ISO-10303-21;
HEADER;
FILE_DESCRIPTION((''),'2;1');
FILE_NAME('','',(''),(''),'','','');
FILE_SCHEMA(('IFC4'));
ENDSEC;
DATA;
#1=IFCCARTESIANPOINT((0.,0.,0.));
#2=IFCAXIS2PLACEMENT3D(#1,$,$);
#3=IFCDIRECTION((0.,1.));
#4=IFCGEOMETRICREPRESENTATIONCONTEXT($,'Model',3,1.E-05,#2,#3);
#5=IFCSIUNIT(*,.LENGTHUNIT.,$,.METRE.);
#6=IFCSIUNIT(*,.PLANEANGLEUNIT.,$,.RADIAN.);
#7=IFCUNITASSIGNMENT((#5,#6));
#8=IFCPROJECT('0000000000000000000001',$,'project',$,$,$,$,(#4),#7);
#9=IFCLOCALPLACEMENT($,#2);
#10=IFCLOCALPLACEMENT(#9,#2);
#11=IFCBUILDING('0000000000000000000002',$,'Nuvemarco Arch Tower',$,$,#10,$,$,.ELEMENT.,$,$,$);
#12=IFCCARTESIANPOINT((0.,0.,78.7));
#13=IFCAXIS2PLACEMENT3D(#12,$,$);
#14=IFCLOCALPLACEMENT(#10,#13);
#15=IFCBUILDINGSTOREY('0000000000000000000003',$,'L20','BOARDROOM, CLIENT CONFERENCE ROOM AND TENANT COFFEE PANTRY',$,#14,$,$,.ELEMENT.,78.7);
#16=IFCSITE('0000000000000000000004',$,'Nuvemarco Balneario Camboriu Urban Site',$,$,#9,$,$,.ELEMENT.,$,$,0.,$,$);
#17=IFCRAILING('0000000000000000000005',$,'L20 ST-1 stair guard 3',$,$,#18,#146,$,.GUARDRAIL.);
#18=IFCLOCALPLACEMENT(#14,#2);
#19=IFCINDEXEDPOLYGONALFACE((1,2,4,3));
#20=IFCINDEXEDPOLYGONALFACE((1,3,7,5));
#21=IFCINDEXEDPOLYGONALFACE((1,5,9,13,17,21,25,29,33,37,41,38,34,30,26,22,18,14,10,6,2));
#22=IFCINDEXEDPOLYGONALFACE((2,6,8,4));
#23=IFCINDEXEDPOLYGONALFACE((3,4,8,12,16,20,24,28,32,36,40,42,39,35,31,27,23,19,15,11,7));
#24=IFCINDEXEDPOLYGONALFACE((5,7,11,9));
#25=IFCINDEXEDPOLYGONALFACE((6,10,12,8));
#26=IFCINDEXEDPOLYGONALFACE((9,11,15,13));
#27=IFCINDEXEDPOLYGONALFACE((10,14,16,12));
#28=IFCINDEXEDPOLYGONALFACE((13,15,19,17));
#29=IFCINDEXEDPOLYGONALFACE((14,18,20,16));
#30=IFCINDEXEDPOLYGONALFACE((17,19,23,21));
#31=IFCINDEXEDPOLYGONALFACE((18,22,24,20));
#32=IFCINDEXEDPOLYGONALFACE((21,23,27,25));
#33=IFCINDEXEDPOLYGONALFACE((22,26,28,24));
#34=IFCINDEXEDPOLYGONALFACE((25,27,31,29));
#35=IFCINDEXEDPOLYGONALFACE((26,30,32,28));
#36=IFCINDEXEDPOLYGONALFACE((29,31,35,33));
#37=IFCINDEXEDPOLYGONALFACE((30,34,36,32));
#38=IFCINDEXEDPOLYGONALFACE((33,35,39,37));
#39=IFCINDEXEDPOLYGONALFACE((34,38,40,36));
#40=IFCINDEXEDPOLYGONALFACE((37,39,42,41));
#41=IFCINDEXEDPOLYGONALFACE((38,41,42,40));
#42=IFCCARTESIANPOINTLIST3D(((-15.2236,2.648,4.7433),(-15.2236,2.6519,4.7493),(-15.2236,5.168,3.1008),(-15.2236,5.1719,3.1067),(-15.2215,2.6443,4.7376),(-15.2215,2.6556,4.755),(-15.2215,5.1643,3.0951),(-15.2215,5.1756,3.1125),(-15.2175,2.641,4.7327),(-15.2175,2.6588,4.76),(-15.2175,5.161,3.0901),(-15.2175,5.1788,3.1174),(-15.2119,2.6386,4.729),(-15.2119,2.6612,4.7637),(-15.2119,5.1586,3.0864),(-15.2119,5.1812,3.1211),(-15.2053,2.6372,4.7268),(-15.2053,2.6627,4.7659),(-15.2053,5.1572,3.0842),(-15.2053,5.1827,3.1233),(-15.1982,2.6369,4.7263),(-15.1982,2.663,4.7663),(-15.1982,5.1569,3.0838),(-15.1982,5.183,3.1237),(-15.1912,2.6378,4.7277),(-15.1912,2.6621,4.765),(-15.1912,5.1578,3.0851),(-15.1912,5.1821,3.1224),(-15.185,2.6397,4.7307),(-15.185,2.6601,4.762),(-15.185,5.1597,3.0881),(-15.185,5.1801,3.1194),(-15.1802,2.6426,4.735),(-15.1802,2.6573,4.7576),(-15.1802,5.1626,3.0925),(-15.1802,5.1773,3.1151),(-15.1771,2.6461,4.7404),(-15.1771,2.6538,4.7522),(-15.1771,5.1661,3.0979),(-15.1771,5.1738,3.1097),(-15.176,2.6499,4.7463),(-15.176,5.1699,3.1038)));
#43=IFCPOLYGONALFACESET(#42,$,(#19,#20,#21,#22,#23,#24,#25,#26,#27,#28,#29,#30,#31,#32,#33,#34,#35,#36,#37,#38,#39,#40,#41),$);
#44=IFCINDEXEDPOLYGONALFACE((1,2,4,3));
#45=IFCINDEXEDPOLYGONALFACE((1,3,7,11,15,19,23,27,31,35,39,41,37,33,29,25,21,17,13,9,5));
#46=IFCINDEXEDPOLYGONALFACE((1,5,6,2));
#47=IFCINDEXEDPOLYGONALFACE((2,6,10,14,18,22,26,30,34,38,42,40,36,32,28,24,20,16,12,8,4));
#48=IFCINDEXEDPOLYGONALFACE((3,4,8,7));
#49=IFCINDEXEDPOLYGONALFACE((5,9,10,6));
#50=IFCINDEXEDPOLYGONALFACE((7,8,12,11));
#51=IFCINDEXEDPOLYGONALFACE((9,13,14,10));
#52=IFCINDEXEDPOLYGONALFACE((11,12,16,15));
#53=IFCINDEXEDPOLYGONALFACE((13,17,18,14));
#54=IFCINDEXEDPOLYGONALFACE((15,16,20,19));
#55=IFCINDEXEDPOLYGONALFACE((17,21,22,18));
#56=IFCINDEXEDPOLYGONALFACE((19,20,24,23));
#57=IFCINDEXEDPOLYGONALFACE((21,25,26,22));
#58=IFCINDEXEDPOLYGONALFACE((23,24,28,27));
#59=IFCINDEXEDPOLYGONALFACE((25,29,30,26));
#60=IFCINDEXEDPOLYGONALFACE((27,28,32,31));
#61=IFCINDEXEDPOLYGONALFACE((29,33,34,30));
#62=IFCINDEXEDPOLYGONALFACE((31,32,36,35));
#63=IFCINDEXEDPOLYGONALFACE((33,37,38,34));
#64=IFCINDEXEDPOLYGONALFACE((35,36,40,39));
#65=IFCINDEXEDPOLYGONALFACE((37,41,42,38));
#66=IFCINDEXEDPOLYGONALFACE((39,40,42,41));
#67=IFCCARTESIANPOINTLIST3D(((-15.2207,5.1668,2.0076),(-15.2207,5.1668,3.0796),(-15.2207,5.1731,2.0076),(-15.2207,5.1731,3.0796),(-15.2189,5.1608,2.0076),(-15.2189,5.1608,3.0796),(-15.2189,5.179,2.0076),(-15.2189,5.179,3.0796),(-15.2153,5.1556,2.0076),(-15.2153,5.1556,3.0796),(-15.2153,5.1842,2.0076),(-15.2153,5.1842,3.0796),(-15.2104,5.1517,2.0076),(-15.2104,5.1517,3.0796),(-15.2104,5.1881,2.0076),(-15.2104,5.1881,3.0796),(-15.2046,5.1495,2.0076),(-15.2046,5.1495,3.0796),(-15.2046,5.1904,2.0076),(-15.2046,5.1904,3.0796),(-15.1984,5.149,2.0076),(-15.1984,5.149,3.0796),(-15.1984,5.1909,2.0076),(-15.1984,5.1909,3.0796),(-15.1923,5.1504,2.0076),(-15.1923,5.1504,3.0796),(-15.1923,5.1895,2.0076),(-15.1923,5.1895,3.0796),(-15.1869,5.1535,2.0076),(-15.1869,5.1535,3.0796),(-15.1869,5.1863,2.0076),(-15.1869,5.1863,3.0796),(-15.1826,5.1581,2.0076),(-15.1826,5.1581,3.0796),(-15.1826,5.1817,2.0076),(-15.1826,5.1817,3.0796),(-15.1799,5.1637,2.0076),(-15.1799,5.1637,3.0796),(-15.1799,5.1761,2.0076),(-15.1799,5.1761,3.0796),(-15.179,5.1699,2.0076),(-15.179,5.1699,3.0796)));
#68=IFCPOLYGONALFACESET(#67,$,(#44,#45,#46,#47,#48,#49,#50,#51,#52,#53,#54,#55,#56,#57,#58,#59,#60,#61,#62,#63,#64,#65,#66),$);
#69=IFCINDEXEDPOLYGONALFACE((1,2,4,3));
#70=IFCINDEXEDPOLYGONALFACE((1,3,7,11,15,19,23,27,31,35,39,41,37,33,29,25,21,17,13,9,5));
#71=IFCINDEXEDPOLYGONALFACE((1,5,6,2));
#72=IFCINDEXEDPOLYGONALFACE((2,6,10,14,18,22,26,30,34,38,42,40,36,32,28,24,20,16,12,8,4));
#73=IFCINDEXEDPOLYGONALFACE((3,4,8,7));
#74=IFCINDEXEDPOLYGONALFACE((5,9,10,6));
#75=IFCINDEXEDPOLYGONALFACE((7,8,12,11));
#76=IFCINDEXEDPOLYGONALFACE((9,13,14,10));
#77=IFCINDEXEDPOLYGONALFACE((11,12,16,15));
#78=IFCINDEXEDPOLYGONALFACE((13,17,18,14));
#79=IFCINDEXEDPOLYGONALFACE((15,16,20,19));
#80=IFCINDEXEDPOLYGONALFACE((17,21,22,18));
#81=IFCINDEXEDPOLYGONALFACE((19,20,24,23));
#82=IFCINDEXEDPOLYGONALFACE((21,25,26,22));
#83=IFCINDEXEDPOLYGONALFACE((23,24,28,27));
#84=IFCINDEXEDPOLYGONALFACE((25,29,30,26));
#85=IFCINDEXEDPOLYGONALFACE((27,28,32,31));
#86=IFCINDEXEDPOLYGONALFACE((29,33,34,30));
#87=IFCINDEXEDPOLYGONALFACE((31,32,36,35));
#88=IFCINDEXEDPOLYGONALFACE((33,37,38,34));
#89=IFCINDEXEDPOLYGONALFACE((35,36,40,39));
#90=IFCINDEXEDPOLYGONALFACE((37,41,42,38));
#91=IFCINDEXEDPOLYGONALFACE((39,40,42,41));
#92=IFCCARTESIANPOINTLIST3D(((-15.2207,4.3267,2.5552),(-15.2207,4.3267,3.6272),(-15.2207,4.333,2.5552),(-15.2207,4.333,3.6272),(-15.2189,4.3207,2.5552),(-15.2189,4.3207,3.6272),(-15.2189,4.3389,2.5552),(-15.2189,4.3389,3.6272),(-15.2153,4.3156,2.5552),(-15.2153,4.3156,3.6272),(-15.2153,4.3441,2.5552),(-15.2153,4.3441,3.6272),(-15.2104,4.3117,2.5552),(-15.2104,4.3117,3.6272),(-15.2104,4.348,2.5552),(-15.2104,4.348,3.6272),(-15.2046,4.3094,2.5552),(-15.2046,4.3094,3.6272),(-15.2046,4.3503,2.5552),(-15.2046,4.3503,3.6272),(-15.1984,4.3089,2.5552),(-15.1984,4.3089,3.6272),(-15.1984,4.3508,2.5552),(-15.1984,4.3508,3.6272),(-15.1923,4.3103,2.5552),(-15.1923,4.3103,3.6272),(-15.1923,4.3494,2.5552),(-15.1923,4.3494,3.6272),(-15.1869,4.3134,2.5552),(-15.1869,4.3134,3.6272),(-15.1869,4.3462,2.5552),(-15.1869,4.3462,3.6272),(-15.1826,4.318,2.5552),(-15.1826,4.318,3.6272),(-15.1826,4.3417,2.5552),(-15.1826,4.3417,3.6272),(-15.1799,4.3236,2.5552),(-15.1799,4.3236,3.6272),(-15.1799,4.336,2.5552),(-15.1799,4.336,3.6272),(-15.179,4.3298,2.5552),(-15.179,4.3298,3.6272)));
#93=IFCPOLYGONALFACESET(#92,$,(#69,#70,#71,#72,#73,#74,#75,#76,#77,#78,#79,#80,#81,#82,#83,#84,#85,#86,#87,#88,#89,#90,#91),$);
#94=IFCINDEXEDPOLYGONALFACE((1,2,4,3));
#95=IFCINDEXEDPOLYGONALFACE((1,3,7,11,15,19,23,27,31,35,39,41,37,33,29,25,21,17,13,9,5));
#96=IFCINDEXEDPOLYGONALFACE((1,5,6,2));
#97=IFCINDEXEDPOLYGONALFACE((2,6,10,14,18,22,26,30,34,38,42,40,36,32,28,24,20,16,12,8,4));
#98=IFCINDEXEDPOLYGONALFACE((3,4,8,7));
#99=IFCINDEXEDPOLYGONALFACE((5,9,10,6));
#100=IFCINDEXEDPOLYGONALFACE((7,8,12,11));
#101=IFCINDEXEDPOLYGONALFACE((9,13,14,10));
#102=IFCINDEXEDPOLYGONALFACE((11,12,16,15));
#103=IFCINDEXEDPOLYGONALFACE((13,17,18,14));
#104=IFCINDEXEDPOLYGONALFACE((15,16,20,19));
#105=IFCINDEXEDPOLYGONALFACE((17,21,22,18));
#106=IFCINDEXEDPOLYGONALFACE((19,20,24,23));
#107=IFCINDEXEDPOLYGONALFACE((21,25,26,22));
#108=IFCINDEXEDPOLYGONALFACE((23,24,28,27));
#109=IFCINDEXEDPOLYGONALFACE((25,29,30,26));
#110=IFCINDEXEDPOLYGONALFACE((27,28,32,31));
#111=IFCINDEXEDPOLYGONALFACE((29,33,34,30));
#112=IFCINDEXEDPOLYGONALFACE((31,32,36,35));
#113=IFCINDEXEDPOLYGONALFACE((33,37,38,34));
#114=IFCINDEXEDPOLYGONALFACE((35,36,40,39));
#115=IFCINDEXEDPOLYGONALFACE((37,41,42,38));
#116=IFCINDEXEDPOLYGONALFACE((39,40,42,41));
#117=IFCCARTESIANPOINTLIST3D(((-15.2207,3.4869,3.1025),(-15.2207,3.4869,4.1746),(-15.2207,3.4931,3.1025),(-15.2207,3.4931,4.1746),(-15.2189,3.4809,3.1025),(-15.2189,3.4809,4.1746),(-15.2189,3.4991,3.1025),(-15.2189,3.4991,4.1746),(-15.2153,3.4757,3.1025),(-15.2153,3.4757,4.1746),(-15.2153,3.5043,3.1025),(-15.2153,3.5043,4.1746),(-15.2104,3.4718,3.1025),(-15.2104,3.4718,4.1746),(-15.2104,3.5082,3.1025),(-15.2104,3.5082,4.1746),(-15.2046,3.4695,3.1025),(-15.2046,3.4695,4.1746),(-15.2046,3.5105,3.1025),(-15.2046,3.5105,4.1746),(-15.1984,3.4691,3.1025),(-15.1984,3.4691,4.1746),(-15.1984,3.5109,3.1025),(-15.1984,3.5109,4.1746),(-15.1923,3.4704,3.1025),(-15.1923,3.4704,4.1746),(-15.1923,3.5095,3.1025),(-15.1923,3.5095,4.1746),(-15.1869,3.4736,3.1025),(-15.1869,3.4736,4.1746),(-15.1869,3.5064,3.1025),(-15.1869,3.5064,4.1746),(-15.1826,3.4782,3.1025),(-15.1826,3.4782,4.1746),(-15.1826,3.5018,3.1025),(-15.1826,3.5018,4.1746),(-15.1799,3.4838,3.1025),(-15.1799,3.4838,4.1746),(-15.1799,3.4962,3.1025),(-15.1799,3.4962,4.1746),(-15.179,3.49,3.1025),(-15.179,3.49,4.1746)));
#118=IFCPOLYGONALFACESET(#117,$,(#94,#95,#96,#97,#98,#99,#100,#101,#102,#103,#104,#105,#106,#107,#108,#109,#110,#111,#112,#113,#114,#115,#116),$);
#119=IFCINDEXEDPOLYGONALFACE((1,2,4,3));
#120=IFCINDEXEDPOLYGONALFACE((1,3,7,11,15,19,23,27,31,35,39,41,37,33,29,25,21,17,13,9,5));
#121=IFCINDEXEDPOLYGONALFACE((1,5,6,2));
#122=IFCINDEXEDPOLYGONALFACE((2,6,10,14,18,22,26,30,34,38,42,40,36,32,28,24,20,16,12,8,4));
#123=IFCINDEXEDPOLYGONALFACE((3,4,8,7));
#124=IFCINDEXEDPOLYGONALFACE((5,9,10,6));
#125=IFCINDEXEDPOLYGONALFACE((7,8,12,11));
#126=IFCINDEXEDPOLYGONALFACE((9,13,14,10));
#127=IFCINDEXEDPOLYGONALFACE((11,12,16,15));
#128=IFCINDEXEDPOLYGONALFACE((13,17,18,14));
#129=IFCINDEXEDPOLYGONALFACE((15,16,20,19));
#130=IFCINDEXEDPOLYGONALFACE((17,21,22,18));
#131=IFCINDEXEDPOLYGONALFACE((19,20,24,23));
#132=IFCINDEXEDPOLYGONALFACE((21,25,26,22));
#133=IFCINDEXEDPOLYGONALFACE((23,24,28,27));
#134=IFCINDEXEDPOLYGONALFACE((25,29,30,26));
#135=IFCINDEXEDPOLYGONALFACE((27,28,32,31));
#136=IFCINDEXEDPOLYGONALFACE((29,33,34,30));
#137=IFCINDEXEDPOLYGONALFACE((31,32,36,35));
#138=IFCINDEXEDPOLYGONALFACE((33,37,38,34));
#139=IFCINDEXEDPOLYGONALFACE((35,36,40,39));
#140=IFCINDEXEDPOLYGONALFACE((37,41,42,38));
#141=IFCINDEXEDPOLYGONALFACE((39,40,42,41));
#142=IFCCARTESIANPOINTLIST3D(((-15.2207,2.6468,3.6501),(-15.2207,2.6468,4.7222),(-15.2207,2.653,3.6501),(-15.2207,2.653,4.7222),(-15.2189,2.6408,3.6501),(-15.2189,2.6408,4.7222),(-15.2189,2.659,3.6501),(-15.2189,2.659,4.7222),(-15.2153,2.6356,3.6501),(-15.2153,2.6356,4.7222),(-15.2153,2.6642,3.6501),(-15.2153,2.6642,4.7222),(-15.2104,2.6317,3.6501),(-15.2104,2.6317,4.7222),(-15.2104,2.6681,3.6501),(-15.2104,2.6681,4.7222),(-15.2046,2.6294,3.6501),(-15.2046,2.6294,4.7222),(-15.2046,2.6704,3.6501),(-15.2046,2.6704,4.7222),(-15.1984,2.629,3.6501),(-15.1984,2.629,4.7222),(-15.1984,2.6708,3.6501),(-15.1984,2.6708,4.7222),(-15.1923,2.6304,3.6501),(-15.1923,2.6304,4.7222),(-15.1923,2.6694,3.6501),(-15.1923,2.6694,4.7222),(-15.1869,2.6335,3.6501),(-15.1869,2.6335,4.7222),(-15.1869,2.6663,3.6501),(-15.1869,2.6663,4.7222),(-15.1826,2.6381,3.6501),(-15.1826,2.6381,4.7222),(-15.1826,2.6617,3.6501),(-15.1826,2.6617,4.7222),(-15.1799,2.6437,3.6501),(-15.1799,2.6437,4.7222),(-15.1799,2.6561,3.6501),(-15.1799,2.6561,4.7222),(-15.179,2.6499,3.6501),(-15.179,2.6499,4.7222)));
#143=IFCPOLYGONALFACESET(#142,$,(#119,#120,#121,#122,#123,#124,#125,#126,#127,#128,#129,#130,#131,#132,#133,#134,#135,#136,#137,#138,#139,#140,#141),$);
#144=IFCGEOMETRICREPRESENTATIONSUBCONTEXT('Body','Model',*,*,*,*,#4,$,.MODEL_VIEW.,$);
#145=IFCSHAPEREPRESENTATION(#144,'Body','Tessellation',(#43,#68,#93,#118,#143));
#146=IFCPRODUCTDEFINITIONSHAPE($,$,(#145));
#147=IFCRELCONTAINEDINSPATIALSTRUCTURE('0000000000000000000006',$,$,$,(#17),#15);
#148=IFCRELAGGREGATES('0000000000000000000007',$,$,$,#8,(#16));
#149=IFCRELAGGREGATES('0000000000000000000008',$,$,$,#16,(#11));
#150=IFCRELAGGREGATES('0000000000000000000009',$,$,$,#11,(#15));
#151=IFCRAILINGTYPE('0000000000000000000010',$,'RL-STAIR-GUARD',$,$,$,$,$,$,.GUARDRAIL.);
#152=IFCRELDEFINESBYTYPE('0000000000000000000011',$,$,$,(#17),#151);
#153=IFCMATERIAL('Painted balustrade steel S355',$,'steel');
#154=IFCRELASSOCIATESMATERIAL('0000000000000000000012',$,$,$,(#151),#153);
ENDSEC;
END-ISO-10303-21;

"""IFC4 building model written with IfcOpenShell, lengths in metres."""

from ifc_helpers import new_model, si_unit, direction, frame, origin, origin_2d, place, context, subcontext, project, spatial, circle, extrude, material, type_object, element, save


model = new_model("IFC4")

# Units and contexts
model_context = context("Model", 3, precision=1e-05, world=origin(), true_north=direction((0.0, 1.0)))
body_context = subcontext(model_context, "Body", "Model", "MODEL_VIEW")
ifc_project = project(units=[si_unit("LENGTHUNIT", "METRE"), si_unit("PLANEANGLEUNIT", "RADIAN")], contexts=[model_context])

# Site, building, storey
site_placement = place(None, origin())
site = spatial("IfcSite", under=ifc_project, at=site_placement, Name="Nuvemarco Balneario Camboriu Urban Site", CompositionType="ELEMENT", RefElevation=0.0)
building_placement = place(site_placement, origin())
building = spatial("IfcBuilding", under=site, at=building_placement, Name="Nuvemarco Arch Tower", CompositionType="ELEMENT")
storey_placement = place(building_placement, frame((0.0, 0.0, 78.7)))
storey = spatial("IfcBuildingStorey", under=building, at=storey_placement, Name="L20", Description="BOARDROOM, CLIENT CONFERENCE ROOM AND TENANT COFFEE PANTRY", CompositionType="ELEMENT", Elevation=78.7)

# Railing
ifc_material_1 = material(Name="Painted balustrade steel S355", Category="steel")
railing_type_1 = type_object("IfcRailingType", Name="RL-STAIR-GUARD", PredefinedType="GUARDRAIL", material=ifc_material_1)
railing_1_placement = place(storey_placement, frame((-15.2, 5.1699, 2.0076)))
element("IfcRailing", 1, at=railing_1_placement, inside=storey, type_object=railing_type_1, Name="L20 ST-1 stair guard 3", PredefinedType="GUARDRAIL", context=body_context, shape_type="SweptSolid", body=[
    extrude(circle(Radius=0.0239, at=origin_2d()), frame((0.0, 0.0, 1.0962), z_axis=(0.0, -0.837749, 0.546055), x_axis=(1.0, 0.0, 0.0)), (0.0, 0.0, 1.0), 3.0081),
    extrude(circle(Radius=0.021, at=origin_2d()), origin(), (0.0, 0.0, 1.0), 1.072),
    extrude(circle(Radius=0.021, at=origin_2d()), frame((0.0, -0.8401, 0.5476)), (0.0, 0.0, 1.0), 1.072),
    extrude(circle(Radius=0.021, at=origin_2d()), frame((0.0, -1.6799, 1.095)), (0.0, 0.0, 1.0), 1.072),
    extrude(circle(Radius=0.021, at=origin_2d()), frame((0.0, -2.52, 1.6426)), (0.0, 0.0, 1.0), 1.072),
])

save(model, "model.ifc")
